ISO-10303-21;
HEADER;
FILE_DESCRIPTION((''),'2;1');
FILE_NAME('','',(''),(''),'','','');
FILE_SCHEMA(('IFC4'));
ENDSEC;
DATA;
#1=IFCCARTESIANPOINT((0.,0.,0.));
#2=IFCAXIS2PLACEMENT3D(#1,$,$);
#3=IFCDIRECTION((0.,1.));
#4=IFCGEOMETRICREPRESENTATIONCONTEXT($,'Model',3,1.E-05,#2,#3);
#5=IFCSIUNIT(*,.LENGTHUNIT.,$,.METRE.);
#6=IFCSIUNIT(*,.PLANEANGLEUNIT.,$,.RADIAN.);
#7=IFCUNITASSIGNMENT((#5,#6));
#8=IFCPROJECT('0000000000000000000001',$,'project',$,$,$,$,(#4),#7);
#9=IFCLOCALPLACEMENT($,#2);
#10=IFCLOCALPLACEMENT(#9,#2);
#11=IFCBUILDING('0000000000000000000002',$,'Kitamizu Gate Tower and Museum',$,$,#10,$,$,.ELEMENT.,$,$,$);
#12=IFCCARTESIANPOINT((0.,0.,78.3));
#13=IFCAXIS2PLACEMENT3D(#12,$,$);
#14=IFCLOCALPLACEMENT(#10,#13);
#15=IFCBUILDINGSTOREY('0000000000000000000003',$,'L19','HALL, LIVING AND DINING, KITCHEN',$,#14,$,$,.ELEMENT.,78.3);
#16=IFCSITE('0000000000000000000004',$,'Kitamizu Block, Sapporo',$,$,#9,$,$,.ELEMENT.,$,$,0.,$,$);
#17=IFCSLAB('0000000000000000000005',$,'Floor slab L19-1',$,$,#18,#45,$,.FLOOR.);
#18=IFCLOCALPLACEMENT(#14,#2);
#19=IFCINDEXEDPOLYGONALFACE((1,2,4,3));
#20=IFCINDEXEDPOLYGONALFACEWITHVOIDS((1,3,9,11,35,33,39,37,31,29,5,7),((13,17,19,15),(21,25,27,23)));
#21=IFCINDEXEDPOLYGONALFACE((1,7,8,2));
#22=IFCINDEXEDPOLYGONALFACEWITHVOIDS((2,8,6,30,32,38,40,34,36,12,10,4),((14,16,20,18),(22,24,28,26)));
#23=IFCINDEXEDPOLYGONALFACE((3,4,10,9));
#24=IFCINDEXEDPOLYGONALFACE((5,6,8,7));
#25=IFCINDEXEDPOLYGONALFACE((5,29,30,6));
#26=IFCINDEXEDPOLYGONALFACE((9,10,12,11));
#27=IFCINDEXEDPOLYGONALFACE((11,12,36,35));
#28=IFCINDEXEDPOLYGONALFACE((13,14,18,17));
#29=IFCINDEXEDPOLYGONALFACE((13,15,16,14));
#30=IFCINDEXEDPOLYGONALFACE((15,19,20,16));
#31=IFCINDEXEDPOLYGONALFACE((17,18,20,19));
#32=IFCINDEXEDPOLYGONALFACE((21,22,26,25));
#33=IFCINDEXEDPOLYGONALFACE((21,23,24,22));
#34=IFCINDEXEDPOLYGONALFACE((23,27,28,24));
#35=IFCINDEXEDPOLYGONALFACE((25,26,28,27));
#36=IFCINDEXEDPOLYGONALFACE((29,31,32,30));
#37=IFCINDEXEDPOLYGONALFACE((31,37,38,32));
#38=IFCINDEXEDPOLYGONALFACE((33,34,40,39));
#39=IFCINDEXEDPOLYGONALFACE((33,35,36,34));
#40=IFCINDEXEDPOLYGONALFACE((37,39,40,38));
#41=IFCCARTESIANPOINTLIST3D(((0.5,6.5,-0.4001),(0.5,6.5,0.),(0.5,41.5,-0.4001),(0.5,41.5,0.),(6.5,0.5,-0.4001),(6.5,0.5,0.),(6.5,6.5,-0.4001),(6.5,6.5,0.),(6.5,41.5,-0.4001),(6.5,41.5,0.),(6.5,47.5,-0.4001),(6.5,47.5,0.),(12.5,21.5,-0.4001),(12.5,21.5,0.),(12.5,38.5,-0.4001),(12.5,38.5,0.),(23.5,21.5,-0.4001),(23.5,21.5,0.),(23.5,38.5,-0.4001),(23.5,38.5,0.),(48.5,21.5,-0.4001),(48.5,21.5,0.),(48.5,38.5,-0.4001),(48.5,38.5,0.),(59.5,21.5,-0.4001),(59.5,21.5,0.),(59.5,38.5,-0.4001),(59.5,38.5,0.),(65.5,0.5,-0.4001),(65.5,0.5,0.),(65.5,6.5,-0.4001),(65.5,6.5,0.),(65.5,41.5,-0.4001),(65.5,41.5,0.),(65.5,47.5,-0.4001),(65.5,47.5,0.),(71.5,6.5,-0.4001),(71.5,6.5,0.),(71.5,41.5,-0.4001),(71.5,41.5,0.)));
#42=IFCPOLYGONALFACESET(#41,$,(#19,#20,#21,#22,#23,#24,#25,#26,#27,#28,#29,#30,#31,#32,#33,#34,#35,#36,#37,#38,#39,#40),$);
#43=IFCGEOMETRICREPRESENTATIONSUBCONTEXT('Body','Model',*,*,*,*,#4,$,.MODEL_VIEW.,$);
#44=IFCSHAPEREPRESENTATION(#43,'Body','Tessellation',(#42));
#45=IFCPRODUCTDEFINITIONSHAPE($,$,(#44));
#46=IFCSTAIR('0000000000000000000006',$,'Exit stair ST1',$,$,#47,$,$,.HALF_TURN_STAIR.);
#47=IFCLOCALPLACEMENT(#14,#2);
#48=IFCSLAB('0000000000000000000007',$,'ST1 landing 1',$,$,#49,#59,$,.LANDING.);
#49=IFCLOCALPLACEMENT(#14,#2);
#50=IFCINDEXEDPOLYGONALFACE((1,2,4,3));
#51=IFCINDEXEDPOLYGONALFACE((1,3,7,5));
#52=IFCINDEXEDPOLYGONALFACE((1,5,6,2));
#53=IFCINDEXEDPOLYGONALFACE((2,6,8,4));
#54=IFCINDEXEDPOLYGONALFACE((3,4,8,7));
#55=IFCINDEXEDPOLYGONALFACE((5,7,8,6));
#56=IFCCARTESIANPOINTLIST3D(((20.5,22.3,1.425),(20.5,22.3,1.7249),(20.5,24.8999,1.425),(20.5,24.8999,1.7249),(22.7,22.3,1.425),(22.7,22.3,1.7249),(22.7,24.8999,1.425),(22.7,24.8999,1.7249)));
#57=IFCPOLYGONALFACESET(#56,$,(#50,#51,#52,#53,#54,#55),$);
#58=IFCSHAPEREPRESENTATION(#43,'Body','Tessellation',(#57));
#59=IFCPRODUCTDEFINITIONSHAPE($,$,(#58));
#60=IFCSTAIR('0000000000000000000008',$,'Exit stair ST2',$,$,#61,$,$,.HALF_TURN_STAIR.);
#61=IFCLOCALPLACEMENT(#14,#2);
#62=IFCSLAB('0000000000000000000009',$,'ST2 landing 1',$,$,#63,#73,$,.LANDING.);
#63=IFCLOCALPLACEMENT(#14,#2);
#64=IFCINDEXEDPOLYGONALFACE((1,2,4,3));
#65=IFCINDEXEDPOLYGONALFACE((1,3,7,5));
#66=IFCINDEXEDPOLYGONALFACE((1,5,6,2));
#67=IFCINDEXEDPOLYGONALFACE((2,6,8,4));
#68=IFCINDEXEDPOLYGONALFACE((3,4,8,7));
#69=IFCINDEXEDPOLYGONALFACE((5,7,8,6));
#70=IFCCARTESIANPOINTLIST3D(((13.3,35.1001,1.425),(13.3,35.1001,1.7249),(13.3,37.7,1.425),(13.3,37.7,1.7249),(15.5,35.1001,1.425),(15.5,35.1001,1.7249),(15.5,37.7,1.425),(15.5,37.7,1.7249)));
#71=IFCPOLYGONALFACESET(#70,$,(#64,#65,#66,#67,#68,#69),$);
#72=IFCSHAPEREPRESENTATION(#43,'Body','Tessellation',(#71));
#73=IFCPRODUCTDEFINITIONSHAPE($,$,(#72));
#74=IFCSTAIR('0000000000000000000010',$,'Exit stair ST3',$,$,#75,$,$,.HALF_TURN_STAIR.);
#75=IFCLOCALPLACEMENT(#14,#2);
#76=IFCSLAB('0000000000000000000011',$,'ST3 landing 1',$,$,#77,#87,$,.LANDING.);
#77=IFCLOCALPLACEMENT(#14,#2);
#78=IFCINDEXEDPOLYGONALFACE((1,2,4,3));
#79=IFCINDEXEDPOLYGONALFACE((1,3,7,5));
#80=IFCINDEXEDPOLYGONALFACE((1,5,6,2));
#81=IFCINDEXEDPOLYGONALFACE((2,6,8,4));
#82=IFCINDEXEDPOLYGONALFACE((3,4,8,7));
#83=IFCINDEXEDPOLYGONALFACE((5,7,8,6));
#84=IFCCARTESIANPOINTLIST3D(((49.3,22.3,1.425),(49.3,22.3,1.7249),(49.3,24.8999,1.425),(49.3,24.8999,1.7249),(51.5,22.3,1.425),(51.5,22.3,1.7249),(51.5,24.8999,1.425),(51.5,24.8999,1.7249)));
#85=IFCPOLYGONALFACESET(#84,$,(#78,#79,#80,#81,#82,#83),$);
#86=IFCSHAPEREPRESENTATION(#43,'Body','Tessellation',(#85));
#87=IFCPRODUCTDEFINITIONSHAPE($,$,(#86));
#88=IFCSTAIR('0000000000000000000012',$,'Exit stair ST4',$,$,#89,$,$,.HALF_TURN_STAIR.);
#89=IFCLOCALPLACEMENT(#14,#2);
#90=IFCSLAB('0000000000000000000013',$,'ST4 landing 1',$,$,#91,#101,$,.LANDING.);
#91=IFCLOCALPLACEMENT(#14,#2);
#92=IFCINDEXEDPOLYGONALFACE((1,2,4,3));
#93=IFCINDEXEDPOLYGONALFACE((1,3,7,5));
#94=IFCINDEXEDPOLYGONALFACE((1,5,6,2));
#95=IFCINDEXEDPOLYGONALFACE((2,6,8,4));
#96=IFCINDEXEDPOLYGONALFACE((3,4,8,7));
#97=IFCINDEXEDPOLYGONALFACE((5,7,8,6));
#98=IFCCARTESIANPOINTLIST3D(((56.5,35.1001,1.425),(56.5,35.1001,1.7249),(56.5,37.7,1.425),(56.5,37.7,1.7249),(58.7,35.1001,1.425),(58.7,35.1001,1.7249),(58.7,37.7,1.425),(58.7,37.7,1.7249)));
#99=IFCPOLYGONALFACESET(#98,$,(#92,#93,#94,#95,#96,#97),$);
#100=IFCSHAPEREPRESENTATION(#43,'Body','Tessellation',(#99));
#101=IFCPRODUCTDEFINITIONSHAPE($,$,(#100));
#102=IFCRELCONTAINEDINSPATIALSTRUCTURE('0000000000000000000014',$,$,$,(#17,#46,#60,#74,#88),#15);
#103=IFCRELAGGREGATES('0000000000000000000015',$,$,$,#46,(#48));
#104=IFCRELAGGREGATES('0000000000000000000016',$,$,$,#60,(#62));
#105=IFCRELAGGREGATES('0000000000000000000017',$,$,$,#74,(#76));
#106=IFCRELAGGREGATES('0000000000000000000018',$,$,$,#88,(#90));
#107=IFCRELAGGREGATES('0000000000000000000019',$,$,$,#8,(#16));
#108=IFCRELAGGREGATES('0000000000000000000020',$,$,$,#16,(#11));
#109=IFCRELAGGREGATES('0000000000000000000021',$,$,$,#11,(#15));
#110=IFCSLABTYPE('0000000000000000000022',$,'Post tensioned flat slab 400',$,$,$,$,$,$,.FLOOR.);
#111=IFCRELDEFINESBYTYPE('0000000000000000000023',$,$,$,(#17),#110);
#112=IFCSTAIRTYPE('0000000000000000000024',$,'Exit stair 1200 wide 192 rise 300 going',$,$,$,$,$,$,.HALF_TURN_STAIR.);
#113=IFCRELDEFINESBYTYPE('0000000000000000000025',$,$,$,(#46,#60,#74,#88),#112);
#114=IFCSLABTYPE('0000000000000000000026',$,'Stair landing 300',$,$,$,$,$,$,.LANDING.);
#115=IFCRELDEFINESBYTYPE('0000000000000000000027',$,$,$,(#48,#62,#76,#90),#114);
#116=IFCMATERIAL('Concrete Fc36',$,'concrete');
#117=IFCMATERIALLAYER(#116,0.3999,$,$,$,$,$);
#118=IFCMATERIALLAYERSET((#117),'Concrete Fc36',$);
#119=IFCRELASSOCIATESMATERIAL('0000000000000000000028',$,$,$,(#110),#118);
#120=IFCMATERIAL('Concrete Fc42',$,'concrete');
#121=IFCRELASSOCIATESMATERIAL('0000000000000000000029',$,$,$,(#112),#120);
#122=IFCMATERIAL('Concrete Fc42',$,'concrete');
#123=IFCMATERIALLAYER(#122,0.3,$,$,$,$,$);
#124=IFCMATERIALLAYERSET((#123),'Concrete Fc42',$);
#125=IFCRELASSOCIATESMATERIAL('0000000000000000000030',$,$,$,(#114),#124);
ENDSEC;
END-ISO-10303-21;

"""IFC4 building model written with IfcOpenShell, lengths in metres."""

from ifc_helpers import new_model, si_unit, direction, frame, origin, place, context, subcontext, project, spatial, polyline, outline, extrude, material, layer, layer_set, type_object, element, aggregate, save


model = new_model("IFC4")

# Units and contexts
model_context = context("Model", 3, precision=1e-05, world=origin(), true_north=direction((0.0, 1.0)))
body_context = subcontext(model_context, "Body", "Model", "MODEL_VIEW")
ifc_project = project(units=[si_unit("LENGTHUNIT", "METRE"), si_unit("PLANEANGLEUNIT", "RADIAN")], contexts=[model_context])

# Site, building, storey
site_placement = place(None, origin())
site = spatial("IfcSite", under=ifc_project, at=site_placement, Name="Kitamizu Block, Sapporo", CompositionType="ELEMENT", RefElevation=0.0)
building_placement = place(site_placement, origin())
building = spatial("IfcBuilding", under=site, at=building_placement, Name="Kitamizu Gate Tower and Museum", CompositionType="ELEMENT")
storey_placement = place(building_placement, frame((0.0, 0.0, 78.3)))
storey = spatial("IfcBuildingStorey", under=building, at=storey_placement, Name="L19", Description="HALL, LIVING AND DINING, KITCHEN", CompositionType="ELEMENT", Elevation=78.3)

# Slab
ifc_material_1 = material(Name="Concrete Fc36", Category="concrete")
ifc_layer_1 = layer(ifc_material_1, 0.3999)
ifc_layer_set_1 = layer_set([ifc_layer_1], Name="Concrete Fc36")
slab_type_1 = type_object("IfcSlabType", Name="Post tensioned flat slab 400", PredefinedType="FLOOR", material=ifc_layer_set_1)
slab_1_placement = place(storey_placement, frame((0.0, 0.0, -0.4001)))
element("IfcSlab", 1, at=slab_1_placement, inside=storey, type_object=slab_type_1, Name="Floor slab L19-1", PredefinedType="FLOOR", context=body_context, shape_type="SweptSolid", body=[
    extrude(outline(polyline([(0.5, 6.5), (0.5, 41.5), (6.5, 41.5), (6.5, 47.5), (65.5, 47.5), (65.5, 41.5), (71.5, 41.5), (71.5, 6.5), (65.5, 6.5), (65.5, 0.5), (6.5, 0.5), (6.5, 6.5), (0.5, 6.5)]), holes=[polyline([(59.5, 38.5), (48.5, 38.5), (48.5, 21.5), (59.5, 21.5), (59.5, 38.5)]), polyline([(12.5, 38.5), (12.5, 21.5), (23.5, 21.5), (23.5, 38.5), (12.5, 38.5)])]), origin(), (0.0, 0.0, 1.0), 0.4001),
])

# Stairs, slabs
ifc_material_2 = material(Name="Concrete Fc42", Category="concrete")
stair_type = type_object("IfcStairType", Name="Exit stair 1200 wide 192 rise 300 going", PredefinedType="HALF_TURN_STAIR", material=ifc_material_2)
stair_1_placement = place(storey_placement, origin())
stair_1 = element("IfcStair", 2, at=stair_1_placement, inside=storey, type_object=stair_type, Name="Exit stair ST1", PredefinedType="HALF_TURN_STAIR")
ifc_material_3 = material(Name="Concrete Fc42", Category="concrete")
ifc_layer_2 = layer(ifc_material_3, 0.3)
ifc_layer_set_2 = layer_set([ifc_layer_2], Name="Concrete Fc42")
slab_type_2 = type_object("IfcSlabType", Name="Stair landing 300", PredefinedType="LANDING", material=ifc_layer_set_2)
slab_2_placement = place(storey_placement, frame((0.0, 0.0, 1.425)))
slab_2 = element("IfcSlab", 3, at=slab_2_placement, type_object=slab_type_2, Name="ST1 landing 1", PredefinedType="LANDING", context=body_context, shape_type="SweptSolid", body=[
    extrude(outline(polyline([(20.5, 22.3), (22.7, 22.3), (22.7, 24.8999), (20.5, 24.8999), (20.5, 22.3)])), origin(), (0.0, 0.0, 1.0), 0.2998),
])
aggregate(stair_1, [slab_2])
stair_2_placement = place(storey_placement, origin())
stair_2 = element("IfcStair", 4, at=stair_2_placement, inside=storey, type_object=stair_type, Name="Exit stair ST2", PredefinedType="HALF_TURN_STAIR")
slab_3_placement = place(storey_placement, frame((0.0, 0.0, 1.425)))
slab_3 = element("IfcSlab", 5, at=slab_3_placement, type_object=slab_type_2, Name="ST2 landing 1", PredefinedType="LANDING", context=body_context, shape_type="SweptSolid", body=[
    extrude(outline(polyline([(13.3, 35.1001), (15.5, 35.1001), (15.5, 37.7), (13.3, 37.7), (13.3, 35.1001)])), origin(), (0.0, 0.0, 1.0), 0.2998),
])
aggregate(stair_2, [slab_3])
stair_3_placement = place(storey_placement, origin())
stair_3 = element("IfcStair", 6, at=stair_3_placement, inside=storey, type_object=stair_type, Name="Exit stair ST3", PredefinedType="HALF_TURN_STAIR")
slab_4_placement = place(storey_placement, frame((0.0, 0.0, 1.425)))
slab_4 = element("IfcSlab", 7, at=slab_4_placement, type_object=slab_type_2, Name="ST3 landing 1", PredefinedType="LANDING", context=body_context, shape_type="SweptSolid", body=[
    extrude(outline(polyline([(49.3, 22.3), (51.5, 22.3), (51.5, 24.8999), (49.3, 24.8999), (49.3, 22.3)])), origin(), (0.0, 0.0, 1.0), 0.2998),
])
aggregate(stair_3, [slab_4])
stair_4_placement = place(storey_placement, origin())
stair_4 = element("IfcStair", 8, at=stair_4_placement, inside=storey, type_object=stair_type, Name="Exit stair ST4", PredefinedType="HALF_TURN_STAIR")
slab_5_placement = place(storey_placement, frame((0.0, 0.0, 1.425)))
slab_5 = element("IfcSlab", 9, at=slab_5_placement, type_object=slab_type_2, Name="ST4 landing 1", PredefinedType="LANDING", context=body_context, shape_type="SweptSolid", body=[
    extrude(outline(polyline([(56.5, 35.1001), (58.7, 35.1001), (58.7, 37.7), (56.5, 37.7), (56.5, 35.1001)])), origin(), (0.0, 0.0, 1.0), 0.2998),
])
aggregate(stair_4, [slab_5])

save(model, "model.ifc")
